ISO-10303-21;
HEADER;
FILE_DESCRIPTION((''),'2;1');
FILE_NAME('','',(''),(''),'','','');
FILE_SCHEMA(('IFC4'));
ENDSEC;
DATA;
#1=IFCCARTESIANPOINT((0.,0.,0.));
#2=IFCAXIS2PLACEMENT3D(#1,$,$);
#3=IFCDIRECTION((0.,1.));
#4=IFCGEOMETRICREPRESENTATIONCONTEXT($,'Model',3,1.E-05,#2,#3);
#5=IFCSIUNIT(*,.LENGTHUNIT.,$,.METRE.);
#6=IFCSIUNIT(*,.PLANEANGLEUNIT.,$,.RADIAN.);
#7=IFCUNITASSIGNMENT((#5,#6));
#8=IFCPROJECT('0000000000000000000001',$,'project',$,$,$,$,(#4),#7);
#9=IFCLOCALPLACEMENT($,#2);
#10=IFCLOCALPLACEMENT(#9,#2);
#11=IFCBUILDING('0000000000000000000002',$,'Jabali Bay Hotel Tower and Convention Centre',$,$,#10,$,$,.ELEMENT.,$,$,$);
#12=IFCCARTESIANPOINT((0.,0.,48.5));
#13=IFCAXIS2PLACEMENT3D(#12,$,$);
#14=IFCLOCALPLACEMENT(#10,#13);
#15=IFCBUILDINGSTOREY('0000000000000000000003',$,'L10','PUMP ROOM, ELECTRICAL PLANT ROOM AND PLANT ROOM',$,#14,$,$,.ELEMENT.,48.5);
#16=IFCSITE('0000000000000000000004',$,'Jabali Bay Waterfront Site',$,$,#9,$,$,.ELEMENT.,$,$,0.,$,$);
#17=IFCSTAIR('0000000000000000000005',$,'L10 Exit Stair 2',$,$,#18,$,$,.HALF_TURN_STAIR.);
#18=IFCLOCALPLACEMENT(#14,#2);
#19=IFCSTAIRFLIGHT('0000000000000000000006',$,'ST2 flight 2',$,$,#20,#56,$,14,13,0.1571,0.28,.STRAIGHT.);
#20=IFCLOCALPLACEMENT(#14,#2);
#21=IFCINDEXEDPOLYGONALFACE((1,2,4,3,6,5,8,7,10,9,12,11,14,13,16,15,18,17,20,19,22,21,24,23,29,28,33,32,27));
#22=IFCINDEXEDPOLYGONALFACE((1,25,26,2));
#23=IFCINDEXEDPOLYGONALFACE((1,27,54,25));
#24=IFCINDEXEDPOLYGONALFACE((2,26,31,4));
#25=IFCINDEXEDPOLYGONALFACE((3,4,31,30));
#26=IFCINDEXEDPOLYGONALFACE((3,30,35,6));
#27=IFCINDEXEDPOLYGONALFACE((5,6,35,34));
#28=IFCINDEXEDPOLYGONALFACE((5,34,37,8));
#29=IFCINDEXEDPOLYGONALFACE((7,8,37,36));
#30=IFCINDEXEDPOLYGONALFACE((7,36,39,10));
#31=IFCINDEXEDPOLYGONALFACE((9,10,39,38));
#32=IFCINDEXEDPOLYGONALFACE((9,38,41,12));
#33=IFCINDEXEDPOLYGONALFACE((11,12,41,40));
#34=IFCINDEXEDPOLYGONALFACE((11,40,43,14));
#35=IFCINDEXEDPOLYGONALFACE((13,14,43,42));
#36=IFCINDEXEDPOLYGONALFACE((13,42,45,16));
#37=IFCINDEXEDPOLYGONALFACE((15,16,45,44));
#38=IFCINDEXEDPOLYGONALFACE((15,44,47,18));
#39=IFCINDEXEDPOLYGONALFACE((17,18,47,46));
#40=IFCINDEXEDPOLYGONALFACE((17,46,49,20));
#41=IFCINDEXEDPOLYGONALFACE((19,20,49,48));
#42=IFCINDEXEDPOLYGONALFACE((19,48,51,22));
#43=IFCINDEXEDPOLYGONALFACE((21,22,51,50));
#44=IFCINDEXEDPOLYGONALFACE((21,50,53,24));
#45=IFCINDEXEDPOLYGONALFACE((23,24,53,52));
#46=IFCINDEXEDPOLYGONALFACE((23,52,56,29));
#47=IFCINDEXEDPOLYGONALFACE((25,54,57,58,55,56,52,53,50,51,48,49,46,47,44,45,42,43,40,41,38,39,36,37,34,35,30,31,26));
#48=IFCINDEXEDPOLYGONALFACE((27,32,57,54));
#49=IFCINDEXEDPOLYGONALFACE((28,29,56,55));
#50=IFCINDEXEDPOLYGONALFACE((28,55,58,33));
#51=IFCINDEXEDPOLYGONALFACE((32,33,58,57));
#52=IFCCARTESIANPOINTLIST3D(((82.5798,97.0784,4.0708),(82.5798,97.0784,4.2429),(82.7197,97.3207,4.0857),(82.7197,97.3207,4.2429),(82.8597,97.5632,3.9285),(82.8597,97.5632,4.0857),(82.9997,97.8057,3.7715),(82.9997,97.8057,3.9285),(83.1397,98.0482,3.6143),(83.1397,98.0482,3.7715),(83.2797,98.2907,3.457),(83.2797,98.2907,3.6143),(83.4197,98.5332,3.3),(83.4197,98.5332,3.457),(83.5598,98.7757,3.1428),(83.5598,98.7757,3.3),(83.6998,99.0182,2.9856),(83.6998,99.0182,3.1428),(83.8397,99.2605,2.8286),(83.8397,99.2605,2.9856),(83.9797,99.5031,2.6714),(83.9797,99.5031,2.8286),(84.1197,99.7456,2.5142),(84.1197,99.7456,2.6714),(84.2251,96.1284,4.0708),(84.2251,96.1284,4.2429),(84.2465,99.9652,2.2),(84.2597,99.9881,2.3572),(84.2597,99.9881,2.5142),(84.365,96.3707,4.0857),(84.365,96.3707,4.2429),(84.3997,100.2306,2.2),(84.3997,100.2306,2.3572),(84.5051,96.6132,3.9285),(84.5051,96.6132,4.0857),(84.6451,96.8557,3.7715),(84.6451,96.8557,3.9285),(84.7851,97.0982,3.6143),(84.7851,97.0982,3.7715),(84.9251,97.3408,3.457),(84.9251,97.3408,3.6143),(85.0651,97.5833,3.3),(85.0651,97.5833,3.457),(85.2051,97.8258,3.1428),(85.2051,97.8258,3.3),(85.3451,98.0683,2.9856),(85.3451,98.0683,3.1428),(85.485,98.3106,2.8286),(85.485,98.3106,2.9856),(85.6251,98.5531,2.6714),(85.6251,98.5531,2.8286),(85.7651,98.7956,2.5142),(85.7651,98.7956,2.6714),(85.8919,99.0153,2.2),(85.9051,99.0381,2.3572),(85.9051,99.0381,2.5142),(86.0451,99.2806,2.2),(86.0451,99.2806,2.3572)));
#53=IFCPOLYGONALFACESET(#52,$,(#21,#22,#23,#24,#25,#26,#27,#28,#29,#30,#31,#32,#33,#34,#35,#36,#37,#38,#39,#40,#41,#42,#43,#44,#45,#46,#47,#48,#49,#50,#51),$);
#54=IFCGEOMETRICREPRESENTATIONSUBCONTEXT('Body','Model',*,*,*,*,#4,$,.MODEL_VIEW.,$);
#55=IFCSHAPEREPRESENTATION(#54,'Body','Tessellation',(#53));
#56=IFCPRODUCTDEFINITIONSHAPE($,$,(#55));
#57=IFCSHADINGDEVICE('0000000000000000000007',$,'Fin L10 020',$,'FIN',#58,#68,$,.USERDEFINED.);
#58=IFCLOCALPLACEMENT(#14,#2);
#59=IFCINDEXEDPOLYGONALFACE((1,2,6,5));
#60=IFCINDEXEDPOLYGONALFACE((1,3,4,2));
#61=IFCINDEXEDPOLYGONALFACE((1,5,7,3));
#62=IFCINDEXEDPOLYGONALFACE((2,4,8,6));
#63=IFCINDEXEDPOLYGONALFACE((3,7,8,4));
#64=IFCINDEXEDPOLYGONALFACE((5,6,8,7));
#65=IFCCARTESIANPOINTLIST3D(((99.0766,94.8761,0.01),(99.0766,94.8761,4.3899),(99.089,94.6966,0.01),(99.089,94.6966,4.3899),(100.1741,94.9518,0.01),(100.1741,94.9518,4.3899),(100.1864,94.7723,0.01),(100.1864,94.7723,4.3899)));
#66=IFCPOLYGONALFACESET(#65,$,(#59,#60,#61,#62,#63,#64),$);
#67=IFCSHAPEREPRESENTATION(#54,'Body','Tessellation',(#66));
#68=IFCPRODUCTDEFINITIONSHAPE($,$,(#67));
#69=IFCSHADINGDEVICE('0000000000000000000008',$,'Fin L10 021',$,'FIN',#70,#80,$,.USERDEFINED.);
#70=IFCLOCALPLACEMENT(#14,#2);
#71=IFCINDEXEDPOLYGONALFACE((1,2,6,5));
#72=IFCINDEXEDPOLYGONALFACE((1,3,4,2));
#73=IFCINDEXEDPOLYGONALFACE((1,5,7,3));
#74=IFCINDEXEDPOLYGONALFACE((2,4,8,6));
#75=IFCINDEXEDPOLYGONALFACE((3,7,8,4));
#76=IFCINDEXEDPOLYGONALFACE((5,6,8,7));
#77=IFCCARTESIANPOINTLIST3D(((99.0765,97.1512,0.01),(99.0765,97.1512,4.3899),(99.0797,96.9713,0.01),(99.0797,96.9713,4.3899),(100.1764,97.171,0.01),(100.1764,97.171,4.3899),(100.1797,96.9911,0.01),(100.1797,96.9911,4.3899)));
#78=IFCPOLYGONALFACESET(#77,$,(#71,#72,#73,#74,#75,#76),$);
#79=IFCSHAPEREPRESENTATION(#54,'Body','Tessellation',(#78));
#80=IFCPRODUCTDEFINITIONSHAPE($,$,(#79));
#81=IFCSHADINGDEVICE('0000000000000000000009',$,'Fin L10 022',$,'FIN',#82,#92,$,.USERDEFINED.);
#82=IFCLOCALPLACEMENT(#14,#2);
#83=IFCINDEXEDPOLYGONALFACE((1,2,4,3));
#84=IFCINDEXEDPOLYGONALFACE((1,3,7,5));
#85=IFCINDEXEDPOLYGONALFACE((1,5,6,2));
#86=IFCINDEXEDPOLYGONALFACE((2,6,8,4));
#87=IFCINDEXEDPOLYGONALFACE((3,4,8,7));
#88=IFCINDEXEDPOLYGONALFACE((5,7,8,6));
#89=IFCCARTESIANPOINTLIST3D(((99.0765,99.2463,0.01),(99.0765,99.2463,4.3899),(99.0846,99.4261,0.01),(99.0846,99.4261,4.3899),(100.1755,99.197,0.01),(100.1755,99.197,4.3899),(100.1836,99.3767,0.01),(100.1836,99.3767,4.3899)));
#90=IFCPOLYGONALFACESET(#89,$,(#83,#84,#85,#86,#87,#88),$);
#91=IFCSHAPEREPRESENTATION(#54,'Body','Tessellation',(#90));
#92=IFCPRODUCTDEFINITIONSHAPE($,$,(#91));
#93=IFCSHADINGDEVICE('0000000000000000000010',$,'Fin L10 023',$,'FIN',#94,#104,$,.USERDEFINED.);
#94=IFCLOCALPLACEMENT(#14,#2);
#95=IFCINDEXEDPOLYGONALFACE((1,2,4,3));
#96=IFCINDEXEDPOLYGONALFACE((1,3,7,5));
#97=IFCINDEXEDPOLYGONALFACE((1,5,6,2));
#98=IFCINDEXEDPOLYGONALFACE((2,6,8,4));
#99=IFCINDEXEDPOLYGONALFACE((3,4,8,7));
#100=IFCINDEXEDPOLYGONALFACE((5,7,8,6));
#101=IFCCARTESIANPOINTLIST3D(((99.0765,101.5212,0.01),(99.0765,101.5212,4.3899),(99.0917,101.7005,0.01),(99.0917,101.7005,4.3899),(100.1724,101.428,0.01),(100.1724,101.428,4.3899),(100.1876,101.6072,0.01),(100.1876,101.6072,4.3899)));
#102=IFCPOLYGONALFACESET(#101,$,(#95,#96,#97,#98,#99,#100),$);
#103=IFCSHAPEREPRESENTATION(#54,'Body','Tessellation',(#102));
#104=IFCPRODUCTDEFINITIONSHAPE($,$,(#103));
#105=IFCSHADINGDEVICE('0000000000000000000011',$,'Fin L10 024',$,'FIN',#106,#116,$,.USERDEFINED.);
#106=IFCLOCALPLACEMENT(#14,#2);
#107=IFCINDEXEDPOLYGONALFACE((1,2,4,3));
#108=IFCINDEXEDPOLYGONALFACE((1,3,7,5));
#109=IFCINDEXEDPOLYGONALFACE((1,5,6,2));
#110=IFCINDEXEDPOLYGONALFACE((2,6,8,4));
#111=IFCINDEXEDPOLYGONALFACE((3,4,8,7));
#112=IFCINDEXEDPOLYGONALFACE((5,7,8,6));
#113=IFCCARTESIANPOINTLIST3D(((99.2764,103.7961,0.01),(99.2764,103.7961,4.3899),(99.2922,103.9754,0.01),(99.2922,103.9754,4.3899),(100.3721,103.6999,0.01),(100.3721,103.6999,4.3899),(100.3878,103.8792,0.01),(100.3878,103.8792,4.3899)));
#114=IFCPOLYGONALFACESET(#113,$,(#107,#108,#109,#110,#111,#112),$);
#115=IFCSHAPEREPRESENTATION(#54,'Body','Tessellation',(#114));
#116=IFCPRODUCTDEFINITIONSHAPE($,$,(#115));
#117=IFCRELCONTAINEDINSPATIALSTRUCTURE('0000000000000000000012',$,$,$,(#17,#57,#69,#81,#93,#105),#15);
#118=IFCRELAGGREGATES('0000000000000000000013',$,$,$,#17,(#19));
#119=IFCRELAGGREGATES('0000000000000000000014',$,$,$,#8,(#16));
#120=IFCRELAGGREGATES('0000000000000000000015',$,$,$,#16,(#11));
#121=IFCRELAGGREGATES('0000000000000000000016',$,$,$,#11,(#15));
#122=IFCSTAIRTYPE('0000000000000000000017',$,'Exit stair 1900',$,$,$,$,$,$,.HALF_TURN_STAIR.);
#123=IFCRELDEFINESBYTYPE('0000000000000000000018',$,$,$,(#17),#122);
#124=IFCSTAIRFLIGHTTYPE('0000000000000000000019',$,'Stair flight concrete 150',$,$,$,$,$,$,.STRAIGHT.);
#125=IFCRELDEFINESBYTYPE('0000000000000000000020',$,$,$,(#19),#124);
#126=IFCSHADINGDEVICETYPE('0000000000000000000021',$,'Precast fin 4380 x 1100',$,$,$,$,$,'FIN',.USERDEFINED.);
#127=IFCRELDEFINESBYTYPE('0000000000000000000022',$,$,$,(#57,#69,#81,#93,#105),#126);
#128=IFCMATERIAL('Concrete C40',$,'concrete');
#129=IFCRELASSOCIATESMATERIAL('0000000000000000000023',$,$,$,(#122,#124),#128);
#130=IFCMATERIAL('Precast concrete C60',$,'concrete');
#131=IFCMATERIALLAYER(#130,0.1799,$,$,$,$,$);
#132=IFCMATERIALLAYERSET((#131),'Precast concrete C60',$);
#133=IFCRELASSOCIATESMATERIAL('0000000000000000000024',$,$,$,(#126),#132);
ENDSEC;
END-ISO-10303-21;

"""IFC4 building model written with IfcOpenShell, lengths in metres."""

from ifc_helpers import new_model, si_unit, direction, frame, frame_2d, origin, place, context, subcontext, project, spatial, polyline, rectangle, outline, extrude, material, layer, layer_set, type_object, element, aggregate, save


model = new_model("IFC4")

# Units and contexts
model_context = context("Model", 3, precision=1e-05, world=origin(), true_north=direction((0.0, 1.0)))
body_context = subcontext(model_context, "Body", "Model", "MODEL_VIEW")
ifc_project = project(units=[si_unit("LENGTHUNIT", "METRE"), si_unit("PLANEANGLEUNIT", "RADIAN")], contexts=[model_context])

# Site, building, storey
site_placement = place(None, origin())
site = spatial("IfcSite", under=ifc_project, at=site_placement, Name="Jabali Bay Waterfront Site", CompositionType="ELEMENT", RefElevation=0.0)
building_placement = place(site_placement, origin())
building = spatial("IfcBuilding", under=site, at=building_placement, Name="Jabali Bay Hotel Tower and Convention Centre", CompositionType="ELEMENT")
storey_placement = place(building_placement, frame((0.0, 0.0, 48.5)))
storey = spatial("IfcBuildingStorey", under=building, at=storey_placement, Name="L10", Description="PUMP ROOM, ELECTRICAL PLANT ROOM AND PLANT ROOM", CompositionType="ELEMENT", Elevation=48.5)

# Shared definitions
ifc_material_1 = material(Name="Concrete C40", Category="concrete")

# Stair, stair flight
stair_type = type_object("IfcStairType", Name="Exit stair 1900", PredefinedType="HALF_TURN_STAIR", material=ifc_material_1)
stair_placement = place(storey_placement, origin())
stair = element("IfcStair", 1, at=stair_placement, inside=storey, type_object=stair_type, Name="L10 Exit Stair 2", PredefinedType="HALF_TURN_STAIR")
stair_flight_type = type_object("IfcStairFlightType", Name="Stair flight concrete 150", PredefinedType="STRAIGHT", material=ifc_material_1)
stair_flight_1_placement = place(storey_placement, frame((85.2224, 99.7556, 2.2), z_axis=(0.0, 0.0, 1.0), x_axis=(-0.5, -0.866025, 0.0)))
stair_flight_1 = element("IfcStairFlight", 2, at=stair_flight_1_placement, type_object=stair_flight_type, Name="ST2 flight 2", NumberOfRisers=14, NumberOfTreads=13, PredefinedType="STRAIGHT", RiserHeight=0.1571, TreadLength=0.28, context=body_context, shape_type="SweptSolid", body=[
    extrude(outline(polyline([(0.0, 0.0), (0.0, 0.1572), (0.28, 0.1572), (0.28, 0.3142), (0.5601, 0.3142), (0.5601, 0.4714), (0.8401, 0.4714), (0.8401, 0.6287), (1.1201, 0.6287), (1.1201, 0.7856), (1.3999, 0.7856), (1.3999, 0.9429), (1.6799, 0.9429), (1.6799, 1.1001), (1.96, 1.1001), (1.96, 1.2571), (2.24, 1.2571), (2.24, 1.4143), (2.52, 1.4143), (2.52, 1.5715), (2.8, 1.5715), (2.8, 1.7285), (3.0801, 1.7285), (3.0801, 1.8857), (3.3601, 1.8857), (3.3601, 2.043), (3.6399, 2.043), (3.6399, 2.2), (3.6399, 1.8708), (0.3064, 0.0), (0.0, 0.0)])), frame((0.0, 0.95, 0.0), z_axis=(0.0, -1.0, 0.0), x_axis=(1.0, 0.0, 0.0)), (0.0, 0.0, 1.0), 1.8999),
])
aggregate(stair, [stair_flight_1])

# Shading devices
ifc_material_2 = material(Name="Precast concrete C60", Category="concrete")
ifc_layer_1 = layer(ifc_material_2, 0.1799)
ifc_layer_set_1 = layer_set([ifc_layer_1], Name="Precast concrete C60")
shading_device_type = type_object("IfcShadingDeviceType", Name="Precast fin 4380 x 1100", ElementType="FIN", PredefinedType="USERDEFINED", material=ifc_layer_set_1)
for number, where, z_axis, x_axis, name in (
    (3, (99.0828, 94.7864, 0.01), (0.0, 0.0, 1.0), (0.99763, 0.068802, 0.0), "Fin L10 020"),
    (4, (99.0781, 97.0613, 0.01), (0.0, 0.0, 1.0), (0.999838, 0.017977, 0.0), "Fin L10 021"),
    (5, (99.0806, 99.3362, 0.01), (0.0, 0.0, 1.0), (0.998994, -0.044834, 0.0), "Fin L10 022"),
):
    element("IfcShadingDevice", number, at=place(storey_placement, frame(where, z_axis=z_axis, x_axis=x_axis)), inside=storey, type_object=shading_device_type, Name=name, ObjectType="FIN", PredefinedType="USERDEFINED", context=body_context, shape_type="SweptSolid", body=[
        extrude(rectangle(XDim=1.1001, YDim=0.1799, at=frame_2d((0.55, 0.0))), origin(), (0.0, 0.0, 1.0), 4.3799),
    ])
for number, where, z_axis, x_axis, name in (
    (6, (99.0842, 101.6108, 0.01), (0.0, 0.0, 1.0), (0.996399, -0.08479, 0.0), "Fin L10 023"),
    (7, (99.2844, 103.8857, 0.01), (0.0, 0.0, 1.0), (0.996169, -0.087453, 0.0), "Fin L10 024"),
):
    element("IfcShadingDevice", number, at=place(storey_placement, frame(where, z_axis=z_axis, x_axis=x_axis)), inside=storey, type_object=shading_device_type, Name=name, ObjectType="FIN", PredefinedType="USERDEFINED", context=body_context, shape_type="SweptSolid", body=[
        extrude(rectangle(XDim=1.0999, YDim=0.1799, at=frame_2d((0.5498, 0.0))), origin(), (0.0, 0.0, 1.0), 4.3799),
    ])

save(model, "model.ifc")
